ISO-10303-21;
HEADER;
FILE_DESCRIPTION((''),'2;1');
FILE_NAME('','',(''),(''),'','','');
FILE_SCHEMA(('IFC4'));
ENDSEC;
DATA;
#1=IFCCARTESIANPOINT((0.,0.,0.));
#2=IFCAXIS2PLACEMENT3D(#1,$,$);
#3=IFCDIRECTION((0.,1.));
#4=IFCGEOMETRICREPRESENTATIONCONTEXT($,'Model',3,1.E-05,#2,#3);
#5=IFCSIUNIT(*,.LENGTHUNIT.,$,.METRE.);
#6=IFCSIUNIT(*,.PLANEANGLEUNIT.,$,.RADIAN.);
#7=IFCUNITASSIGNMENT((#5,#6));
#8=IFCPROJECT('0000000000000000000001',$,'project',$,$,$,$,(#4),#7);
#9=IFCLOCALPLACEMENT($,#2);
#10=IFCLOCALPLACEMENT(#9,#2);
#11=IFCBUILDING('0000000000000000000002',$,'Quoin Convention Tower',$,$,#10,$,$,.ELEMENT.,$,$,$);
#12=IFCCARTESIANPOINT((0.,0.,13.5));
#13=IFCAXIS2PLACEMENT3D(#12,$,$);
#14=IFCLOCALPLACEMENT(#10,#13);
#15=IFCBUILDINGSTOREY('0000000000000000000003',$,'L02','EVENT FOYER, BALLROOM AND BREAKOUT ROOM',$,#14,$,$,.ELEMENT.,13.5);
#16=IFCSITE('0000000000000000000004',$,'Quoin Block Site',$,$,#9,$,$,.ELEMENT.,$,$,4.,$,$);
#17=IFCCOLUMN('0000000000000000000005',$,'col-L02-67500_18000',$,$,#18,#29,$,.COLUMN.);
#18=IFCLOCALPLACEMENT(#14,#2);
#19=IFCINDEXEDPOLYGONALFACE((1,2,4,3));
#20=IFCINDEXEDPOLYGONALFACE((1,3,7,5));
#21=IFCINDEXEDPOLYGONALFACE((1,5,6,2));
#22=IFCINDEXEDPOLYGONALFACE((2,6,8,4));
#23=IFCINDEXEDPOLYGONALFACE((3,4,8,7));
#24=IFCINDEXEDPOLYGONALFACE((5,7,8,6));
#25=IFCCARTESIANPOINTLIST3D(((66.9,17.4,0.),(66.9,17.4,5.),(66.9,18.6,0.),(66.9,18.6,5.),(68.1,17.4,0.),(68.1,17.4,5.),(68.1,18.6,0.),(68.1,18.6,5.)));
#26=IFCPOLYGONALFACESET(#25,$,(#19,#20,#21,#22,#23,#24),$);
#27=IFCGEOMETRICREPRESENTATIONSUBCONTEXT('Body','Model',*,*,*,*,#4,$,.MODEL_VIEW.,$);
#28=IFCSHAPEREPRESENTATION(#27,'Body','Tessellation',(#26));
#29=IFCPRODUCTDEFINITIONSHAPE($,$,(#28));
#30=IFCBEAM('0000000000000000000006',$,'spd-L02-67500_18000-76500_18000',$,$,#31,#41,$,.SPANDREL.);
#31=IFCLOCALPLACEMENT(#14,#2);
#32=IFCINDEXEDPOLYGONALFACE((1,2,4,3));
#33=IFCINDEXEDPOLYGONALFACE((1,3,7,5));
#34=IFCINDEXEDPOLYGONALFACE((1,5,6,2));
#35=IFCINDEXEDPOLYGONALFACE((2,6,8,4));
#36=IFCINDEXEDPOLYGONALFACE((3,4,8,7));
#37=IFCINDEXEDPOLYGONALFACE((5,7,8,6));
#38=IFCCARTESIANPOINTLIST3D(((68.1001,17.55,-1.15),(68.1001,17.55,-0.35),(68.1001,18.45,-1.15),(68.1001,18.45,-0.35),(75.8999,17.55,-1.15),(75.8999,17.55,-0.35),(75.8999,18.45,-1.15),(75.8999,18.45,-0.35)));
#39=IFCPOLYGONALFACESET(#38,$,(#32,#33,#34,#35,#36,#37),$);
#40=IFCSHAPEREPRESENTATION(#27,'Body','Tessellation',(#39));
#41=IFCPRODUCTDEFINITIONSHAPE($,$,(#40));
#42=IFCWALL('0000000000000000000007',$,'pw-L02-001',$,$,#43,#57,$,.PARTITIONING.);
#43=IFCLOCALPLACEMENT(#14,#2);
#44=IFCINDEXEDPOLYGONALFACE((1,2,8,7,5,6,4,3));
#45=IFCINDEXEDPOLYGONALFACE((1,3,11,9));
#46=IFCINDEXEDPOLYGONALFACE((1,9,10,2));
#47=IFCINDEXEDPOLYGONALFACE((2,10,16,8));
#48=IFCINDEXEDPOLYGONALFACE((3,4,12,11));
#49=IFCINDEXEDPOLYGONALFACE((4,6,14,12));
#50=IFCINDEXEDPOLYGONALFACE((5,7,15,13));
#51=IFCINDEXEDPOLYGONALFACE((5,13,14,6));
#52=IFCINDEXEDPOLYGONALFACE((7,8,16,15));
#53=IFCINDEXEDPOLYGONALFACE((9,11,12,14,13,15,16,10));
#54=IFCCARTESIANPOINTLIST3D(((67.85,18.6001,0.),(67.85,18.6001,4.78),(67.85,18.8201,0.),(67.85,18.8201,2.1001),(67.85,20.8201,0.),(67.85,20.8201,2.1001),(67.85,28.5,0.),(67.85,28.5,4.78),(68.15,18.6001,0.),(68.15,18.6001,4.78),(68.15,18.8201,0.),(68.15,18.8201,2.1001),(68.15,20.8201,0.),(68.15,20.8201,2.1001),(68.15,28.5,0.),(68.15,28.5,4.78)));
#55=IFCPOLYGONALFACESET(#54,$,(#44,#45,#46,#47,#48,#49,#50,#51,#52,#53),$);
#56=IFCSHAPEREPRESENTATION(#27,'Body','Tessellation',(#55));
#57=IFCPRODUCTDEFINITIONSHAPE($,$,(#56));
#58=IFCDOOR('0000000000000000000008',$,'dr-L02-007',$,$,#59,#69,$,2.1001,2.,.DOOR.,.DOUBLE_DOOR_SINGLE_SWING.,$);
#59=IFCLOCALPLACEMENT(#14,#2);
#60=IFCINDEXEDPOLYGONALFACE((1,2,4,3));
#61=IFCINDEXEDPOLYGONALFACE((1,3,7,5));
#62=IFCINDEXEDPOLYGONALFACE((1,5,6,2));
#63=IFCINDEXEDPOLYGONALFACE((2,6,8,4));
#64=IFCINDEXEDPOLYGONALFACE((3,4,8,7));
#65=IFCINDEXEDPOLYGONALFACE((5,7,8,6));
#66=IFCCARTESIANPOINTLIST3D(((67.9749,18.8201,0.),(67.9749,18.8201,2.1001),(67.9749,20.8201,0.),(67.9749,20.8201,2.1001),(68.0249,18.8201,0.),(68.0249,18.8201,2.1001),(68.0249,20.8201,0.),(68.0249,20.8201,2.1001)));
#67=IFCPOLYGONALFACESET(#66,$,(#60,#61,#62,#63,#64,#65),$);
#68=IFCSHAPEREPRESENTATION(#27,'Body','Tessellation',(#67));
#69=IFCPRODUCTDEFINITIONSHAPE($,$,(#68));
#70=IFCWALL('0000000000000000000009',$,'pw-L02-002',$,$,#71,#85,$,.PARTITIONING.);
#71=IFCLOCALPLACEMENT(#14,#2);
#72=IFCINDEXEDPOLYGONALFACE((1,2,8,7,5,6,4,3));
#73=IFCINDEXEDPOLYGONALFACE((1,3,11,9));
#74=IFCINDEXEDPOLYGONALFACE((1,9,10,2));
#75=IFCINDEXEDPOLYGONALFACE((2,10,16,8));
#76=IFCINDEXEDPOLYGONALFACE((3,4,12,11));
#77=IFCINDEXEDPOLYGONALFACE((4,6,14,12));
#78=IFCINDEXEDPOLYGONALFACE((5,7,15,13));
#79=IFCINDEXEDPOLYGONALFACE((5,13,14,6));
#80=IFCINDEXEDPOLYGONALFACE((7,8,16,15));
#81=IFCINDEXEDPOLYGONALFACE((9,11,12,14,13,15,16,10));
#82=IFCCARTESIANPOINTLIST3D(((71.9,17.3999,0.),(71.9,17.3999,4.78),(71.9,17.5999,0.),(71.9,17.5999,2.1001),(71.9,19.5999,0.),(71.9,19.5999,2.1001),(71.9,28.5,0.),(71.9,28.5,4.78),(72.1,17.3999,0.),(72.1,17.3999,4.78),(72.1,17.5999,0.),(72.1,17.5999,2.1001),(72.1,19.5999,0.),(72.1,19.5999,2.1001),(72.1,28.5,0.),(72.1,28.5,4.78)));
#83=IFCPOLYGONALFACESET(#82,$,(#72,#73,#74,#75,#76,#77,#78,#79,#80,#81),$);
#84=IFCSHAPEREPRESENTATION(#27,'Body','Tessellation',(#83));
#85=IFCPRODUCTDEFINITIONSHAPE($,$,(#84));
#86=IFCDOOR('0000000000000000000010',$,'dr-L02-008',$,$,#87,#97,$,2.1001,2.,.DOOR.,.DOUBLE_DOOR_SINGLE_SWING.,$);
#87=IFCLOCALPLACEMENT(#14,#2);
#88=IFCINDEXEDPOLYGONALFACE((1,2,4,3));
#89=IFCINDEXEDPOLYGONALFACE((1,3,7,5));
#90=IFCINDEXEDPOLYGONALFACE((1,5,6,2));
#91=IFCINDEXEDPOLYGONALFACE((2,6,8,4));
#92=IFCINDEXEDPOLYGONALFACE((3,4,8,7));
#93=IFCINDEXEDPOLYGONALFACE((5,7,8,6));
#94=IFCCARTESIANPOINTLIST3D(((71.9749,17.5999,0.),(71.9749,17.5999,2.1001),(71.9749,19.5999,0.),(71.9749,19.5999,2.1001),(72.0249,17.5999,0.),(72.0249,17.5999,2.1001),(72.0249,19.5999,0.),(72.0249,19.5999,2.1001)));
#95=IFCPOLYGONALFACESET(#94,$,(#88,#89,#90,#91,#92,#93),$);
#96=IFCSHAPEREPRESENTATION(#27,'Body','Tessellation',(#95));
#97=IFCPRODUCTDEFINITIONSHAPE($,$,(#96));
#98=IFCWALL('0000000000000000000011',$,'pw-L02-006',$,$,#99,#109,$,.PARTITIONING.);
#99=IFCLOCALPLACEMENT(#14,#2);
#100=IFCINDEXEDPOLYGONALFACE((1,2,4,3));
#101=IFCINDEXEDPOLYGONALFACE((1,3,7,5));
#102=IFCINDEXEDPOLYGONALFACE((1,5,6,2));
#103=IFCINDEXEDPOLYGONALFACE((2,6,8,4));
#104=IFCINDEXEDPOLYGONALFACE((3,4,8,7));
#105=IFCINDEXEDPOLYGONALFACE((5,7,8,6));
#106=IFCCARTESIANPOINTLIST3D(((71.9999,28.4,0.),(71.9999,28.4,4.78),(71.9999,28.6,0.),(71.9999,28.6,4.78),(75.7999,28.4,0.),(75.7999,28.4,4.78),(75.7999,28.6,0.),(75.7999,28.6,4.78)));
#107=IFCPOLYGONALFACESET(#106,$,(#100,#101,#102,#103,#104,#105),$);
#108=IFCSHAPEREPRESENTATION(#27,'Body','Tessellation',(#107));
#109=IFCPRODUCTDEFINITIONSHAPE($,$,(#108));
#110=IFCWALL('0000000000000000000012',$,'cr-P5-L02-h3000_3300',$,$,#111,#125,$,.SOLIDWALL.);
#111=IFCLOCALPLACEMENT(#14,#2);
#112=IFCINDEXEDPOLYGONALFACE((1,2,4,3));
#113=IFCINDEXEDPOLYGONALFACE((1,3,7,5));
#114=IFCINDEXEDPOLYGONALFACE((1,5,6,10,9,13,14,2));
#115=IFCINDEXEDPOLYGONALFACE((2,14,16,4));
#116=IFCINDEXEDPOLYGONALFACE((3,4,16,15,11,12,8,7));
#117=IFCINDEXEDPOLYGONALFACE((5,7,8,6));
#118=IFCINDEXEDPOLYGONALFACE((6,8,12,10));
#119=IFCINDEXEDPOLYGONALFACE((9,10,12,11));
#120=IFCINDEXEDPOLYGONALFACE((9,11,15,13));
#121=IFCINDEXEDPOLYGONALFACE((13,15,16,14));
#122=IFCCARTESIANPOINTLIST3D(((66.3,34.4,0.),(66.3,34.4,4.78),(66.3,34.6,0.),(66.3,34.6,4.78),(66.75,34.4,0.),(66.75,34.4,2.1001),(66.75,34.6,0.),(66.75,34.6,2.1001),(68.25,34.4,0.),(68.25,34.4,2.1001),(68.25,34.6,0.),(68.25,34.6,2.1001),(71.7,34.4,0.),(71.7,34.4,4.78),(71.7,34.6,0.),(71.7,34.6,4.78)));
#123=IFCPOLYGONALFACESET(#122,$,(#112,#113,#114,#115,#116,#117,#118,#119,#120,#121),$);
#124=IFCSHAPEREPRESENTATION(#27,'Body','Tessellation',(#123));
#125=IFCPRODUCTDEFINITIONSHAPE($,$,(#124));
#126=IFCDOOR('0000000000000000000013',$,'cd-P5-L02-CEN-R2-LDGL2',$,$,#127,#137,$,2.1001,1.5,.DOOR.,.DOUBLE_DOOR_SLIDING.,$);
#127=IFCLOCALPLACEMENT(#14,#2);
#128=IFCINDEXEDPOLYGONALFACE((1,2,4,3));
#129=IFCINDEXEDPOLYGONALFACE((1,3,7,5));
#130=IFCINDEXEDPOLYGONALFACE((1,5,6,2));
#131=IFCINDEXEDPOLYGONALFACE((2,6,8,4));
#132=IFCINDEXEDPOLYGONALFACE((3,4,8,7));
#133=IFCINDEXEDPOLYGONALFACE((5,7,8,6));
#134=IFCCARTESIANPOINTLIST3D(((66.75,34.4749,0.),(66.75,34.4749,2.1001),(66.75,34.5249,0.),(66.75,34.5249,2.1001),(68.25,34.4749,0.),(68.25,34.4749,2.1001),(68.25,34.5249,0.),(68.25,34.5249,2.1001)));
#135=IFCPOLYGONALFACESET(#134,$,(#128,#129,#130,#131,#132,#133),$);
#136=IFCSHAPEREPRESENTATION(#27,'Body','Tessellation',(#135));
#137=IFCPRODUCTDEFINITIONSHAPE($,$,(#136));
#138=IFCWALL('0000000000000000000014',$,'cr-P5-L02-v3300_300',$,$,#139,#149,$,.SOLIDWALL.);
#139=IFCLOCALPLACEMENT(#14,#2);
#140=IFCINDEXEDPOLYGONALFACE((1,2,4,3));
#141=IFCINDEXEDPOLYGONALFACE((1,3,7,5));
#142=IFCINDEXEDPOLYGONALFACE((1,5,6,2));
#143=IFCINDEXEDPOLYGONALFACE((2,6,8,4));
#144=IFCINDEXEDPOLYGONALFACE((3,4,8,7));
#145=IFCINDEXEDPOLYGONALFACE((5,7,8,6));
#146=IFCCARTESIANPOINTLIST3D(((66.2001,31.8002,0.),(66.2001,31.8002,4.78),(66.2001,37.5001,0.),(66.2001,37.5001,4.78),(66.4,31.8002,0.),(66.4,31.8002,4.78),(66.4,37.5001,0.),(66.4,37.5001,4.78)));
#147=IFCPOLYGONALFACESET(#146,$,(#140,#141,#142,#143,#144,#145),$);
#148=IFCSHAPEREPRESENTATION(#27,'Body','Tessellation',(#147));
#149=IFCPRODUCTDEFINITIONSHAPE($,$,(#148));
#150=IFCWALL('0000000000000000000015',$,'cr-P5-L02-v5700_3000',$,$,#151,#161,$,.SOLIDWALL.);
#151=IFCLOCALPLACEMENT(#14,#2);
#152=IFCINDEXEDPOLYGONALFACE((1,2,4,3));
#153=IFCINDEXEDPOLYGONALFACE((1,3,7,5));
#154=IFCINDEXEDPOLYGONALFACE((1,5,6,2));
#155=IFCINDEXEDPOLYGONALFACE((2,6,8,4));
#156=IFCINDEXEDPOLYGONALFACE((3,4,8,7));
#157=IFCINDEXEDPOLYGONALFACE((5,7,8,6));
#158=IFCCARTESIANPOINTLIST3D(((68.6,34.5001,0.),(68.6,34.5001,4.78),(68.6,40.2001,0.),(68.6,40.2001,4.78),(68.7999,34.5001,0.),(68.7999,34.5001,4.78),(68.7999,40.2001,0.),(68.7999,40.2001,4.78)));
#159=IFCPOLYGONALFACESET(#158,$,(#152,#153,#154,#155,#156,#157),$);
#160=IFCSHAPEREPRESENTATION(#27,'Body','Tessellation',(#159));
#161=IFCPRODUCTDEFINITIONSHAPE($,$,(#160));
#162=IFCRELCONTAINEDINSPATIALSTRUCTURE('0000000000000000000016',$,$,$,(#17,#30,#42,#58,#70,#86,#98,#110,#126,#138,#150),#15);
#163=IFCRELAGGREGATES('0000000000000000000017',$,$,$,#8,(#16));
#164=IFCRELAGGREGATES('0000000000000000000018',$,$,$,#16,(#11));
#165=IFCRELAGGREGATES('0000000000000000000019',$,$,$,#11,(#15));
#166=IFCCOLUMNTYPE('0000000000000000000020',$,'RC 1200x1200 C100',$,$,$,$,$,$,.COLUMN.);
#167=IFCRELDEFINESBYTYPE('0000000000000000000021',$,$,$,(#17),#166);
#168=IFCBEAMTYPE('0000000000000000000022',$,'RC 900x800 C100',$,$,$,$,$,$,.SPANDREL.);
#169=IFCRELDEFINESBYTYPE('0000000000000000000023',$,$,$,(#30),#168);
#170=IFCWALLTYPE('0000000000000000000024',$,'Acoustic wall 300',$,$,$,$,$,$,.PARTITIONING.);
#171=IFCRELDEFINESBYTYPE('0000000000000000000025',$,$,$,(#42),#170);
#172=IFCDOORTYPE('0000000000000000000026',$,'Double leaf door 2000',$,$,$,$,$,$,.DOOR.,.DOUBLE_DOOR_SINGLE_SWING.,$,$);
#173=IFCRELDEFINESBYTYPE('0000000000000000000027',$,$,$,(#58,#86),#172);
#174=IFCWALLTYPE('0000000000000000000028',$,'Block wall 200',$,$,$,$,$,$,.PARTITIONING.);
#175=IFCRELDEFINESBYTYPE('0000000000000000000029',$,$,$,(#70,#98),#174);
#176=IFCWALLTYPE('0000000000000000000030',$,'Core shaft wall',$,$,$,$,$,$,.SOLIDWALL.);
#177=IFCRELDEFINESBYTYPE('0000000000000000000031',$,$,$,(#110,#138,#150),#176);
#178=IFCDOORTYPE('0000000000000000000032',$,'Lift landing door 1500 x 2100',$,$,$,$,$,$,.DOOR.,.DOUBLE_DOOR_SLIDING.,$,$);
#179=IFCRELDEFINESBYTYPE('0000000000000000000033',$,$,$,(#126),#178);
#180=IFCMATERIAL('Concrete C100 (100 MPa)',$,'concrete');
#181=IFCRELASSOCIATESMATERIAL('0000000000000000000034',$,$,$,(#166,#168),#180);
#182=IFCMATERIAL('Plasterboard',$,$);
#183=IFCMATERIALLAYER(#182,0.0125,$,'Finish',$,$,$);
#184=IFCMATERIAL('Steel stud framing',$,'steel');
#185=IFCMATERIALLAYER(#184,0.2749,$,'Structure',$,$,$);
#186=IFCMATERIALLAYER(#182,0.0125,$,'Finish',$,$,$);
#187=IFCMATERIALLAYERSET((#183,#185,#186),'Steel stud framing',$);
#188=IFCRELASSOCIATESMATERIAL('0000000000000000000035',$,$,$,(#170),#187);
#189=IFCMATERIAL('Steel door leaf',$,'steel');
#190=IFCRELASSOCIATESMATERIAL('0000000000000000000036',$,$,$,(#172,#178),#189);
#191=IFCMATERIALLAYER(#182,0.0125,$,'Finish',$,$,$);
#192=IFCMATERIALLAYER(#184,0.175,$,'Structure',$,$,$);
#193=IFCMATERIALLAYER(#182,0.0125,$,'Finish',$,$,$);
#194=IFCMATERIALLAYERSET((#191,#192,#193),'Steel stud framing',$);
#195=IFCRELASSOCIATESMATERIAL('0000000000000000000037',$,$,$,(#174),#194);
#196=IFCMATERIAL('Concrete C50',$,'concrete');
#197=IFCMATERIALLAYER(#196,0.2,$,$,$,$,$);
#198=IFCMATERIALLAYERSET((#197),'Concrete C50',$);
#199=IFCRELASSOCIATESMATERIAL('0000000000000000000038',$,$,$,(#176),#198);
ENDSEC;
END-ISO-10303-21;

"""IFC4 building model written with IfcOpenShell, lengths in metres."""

from ifc_helpers import new_model, si_unit, direction, frame, frame_2d, origin, origin_2d, place, context, subcontext, project, spatial, rectangle, extrude, material, layer, layer_set, material_profile, profile_set, type_object, element, fill, save


model = new_model("IFC4")

# Units and contexts
model_context = context("Model", 3, precision=1e-05, world=origin(), true_north=direction((0.0, 1.0)))
body_context = subcontext(model_context, "Body", "Model", "MODEL_VIEW")
ifc_project = project(units=[si_unit("LENGTHUNIT", "METRE"), si_unit("PLANEANGLEUNIT", "RADIAN")], contexts=[model_context])

# Site, building, storey
site_placement = place(None, origin())
site = spatial("IfcSite", under=ifc_project, at=site_placement, Name="Quoin Block Site", CompositionType="ELEMENT", RefElevation=4.0)
building_placement = place(site_placement, origin())
building = spatial("IfcBuilding", under=site, at=building_placement, Name="Quoin Convention Tower", CompositionType="ELEMENT")
storey_placement = place(building_placement, frame((0.0, 0.0, 13.5)))
storey = spatial("IfcBuildingStorey", under=building, at=storey_placement, Name="L02", Description="EVENT FOYER, BALLROOM AND BREAKOUT ROOM", CompositionType="ELEMENT", Elevation=13.5)

# Column
ifc_material_1 = material(Name="Concrete C100 (100 MPa)", Category="concrete")
ifc_material_profile_1 = material_profile(ifc_material_1, rectangle(XDim=1.2, YDim=1.2, at=origin_2d()), Name="RC 1200x1200")
ifc_profile_set_1 = profile_set([ifc_material_profile_1], Name="Concrete C100 (100 MPa)")
column_type = type_object("IfcColumnType", Name="RC 1200x1200 C100", PredefinedType="COLUMN", material=ifc_profile_set_1)
column_placement = place(storey_placement, frame((67.5, 18.0, 0.0), z_axis=(0.0, 0.0, 1.0), x_axis=(1.0, 0.0, 0.0)))
element("IfcColumn", 1, at=column_placement, inside=storey, type_object=column_type, Name="col-L02-67500_18000", PredefinedType="COLUMN", context=body_context, shape_type="SweptSolid", body=[
    extrude(rectangle(XDim=1.2, YDim=1.2, at=origin_2d()), origin(), (0.0, 0.0, 1.0), 5.0),
])

# Beam
ifc_material_profile_2 = material_profile(ifc_material_1, rectangle(XDim=0.8999, YDim=0.8, at=origin_2d()), Name="RC 900x800")
ifc_profile_set_2 = profile_set([ifc_material_profile_2], Name="Concrete C100 (100 MPa)")
beam_type = type_object("IfcBeamType", Name="RC 900x800 C100", PredefinedType="SPANDREL", material=ifc_profile_set_2)
beam_placement = place(storey_placement, frame((68.1001, 18.0, -0.75), z_axis=(1.0, 0.0, 0.0), x_axis=(0.0, 1.0, 0.0)))
element("IfcBeam", 2, at=beam_placement, inside=storey, type_object=beam_type, Name="spd-L02-67500_18000-76500_18000", PredefinedType="SPANDREL", context=body_context, shape_type="SweptSolid", body=[
    extrude(rectangle(XDim=0.8999, YDim=0.8, at=origin_2d()), origin(), (0.0, 0.0, 1.0), 7.7998),
])

# Walls, openings, doors
ifc_material_2 = material(Name="Plasterboard")
ifc_layer_1 = layer(ifc_material_2, 0.0125, Name="Finish")
ifc_material_3 = material(Name="Steel stud framing", Category="steel")
ifc_layer_2 = layer(ifc_material_3, 0.2749, Name="Structure")
ifc_layer_3 = layer(ifc_material_2, 0.0125, Name="Finish")
ifc_layer_set_1 = layer_set([ifc_layer_1, ifc_layer_2, ifc_layer_3], Name="Steel stud framing")
wall_type_1 = type_object("IfcWallType", Name="Acoustic wall 300", PredefinedType="PARTITIONING", material=ifc_layer_set_1)
wall_1_placement = place(storey_placement, frame((68.0, 18.6001, 0.0), z_axis=(0.0, 0.0, 1.0), x_axis=(0.0, 1.0, 0.0)))
wall_1 = element("IfcWall", 3, at=wall_1_placement, inside=storey, type_object=wall_type_1, Name="pw-L02-001", PredefinedType="PARTITIONING", context=body_context, shape_type="SweptSolid", body=[
    extrude(rectangle(XDim=9.8999, YDim=0.3, at=frame_2d((4.95, 0.0))), origin(), (0.0, 0.0, 1.0), 4.78),
])
opening_1_placement = place(wall_1_placement, frame((0.22, 0.0, 0.0)))
opening_1 = element("IfcOpeningElement", 4, at=opening_1_placement, cuts=wall_1, PredefinedType="OPENING", context=body_context, shape_type="SweptSolid", body=[
    extrude(rectangle(XDim=2.0, YDim=2.1001, at=frame_2d((1.0, 1.05))), frame((0.0, 0.1599, 0.0), z_axis=(0.0, -1.0, 0.0), x_axis=(1.0, 0.0, 0.0)), (0.0, 0.0, 1.0), 0.3201),
])
ifc_material_4 = material(Name="Steel door leaf", Category="steel")
door_type_1 = type_object("IfcDoorType", Name="Double leaf door 2000", OperationType="DOUBLE_DOOR_SINGLE_SWING", PredefinedType="DOOR", material=ifc_material_4)
door_1_placement = place(opening_1_placement, frame((2.0, 0.0, 0.0), z_axis=(0.0, 0.0, 1.0), x_axis=(-1.0, 0.0, 0.0)))
door_1 = element("IfcDoor", 5, at=door_1_placement, inside=storey, type_object=door_type_1, Name="dr-L02-007", OperationType="DOUBLE_DOOR_SINGLE_SWING", OverallHeight=2.1001, OverallWidth=2.0, PredefinedType="DOOR", context=body_context, shape_type="SweptSolid", body=[
    extrude(rectangle(XDim=2.0, YDim=2.1001, at=frame_2d((1.0, 1.05))), frame((0.0, 0.0249, 0.0), z_axis=(0.0, -1.0, 0.0), x_axis=(1.0, 0.0, 0.0)), (0.0, 0.0, 1.0), 0.05),
])
fill(opening_1, door_1)
ifc_layer_4 = layer(ifc_material_2, 0.0125, Name="Finish")
ifc_layer_5 = layer(ifc_material_3, 0.175, Name="Structure")
ifc_layer_6 = layer(ifc_material_2, 0.0125, Name="Finish")
ifc_layer_set_2 = layer_set([ifc_layer_4, ifc_layer_5, ifc_layer_6], Name="Steel stud framing")
wall_type_2 = type_object("IfcWallType", Name="Block wall 200", PredefinedType="PARTITIONING", material=ifc_layer_set_2)
wall_2_placement = place(storey_placement, frame((72.0, 17.3999, 0.0), z_axis=(0.0, 0.0, 1.0), x_axis=(0.0, 1.0, 0.0)))
wall_2 = element("IfcWall", 6, at=wall_2_placement, inside=storey, type_object=wall_type_2, Name="pw-L02-002", PredefinedType="PARTITIONING", context=body_context, shape_type="SweptSolid", body=[
    extrude(rectangle(XDim=11.1001, YDim=0.2, at=frame_2d((5.55, 0.0))), origin(), (0.0, 0.0, 1.0), 4.78),
])
opening_2_placement = place(wall_2_placement, frame((0.2, 0.0, 0.0)))
opening_2 = element("IfcOpeningElement", 7, at=opening_2_placement, cuts=wall_2, PredefinedType="OPENING", context=body_context, shape_type="SweptSolid", body=[
    extrude(rectangle(XDim=2.0, YDim=2.1001, at=frame_2d((1.0, 1.05))), frame((0.0, 0.1099, 0.0), z_axis=(0.0, -1.0, 0.0), x_axis=(1.0, 0.0, 0.0)), (0.0, 0.0, 1.0), 0.22),
])
door_2_placement = place(opening_2_placement, frame((2.0, 0.0, 0.0), z_axis=(0.0, 0.0, 1.0), x_axis=(-1.0, 0.0, 0.0)))
door_2 = element("IfcDoor", 8, at=door_2_placement, inside=storey, type_object=door_type_1, Name="dr-L02-008", OperationType="DOUBLE_DOOR_SINGLE_SWING", OverallHeight=2.1001, OverallWidth=2.0, PredefinedType="DOOR", context=body_context, shape_type="SweptSolid", body=[
    extrude(rectangle(XDim=2.0, YDim=2.1001, at=frame_2d((1.0, 1.05))), frame((0.0, 0.0249, 0.0), z_axis=(0.0, -1.0, 0.0), x_axis=(1.0, 0.0, 0.0)), (0.0, 0.0, 1.0), 0.05),
])
fill(opening_2, door_2)

# Wall
wall_3_placement = place(storey_placement, frame((72.0, 28.5, 0.0), z_axis=(0.0, 0.0, 1.0), x_axis=(1.0, 0.0, 0.0)))
element("IfcWall", 9, at=wall_3_placement, inside=storey, type_object=wall_type_2, Name="pw-L02-006", PredefinedType="PARTITIONING", context=body_context, shape_type="SweptSolid", body=[
    extrude(rectangle(XDim=3.8, YDim=0.2, at=frame_2d((1.8999, 0.0))), origin(), (0.0, 0.0, 1.0), 4.78),
])

# Wall, opening, door
ifc_material_5 = material(Name="Concrete C50", Category="concrete")
ifc_layer_7 = layer(ifc_material_5, 0.2)
ifc_layer_set_3 = layer_set([ifc_layer_7], Name="Concrete C50")
wall_type_3 = type_object("IfcWallType", Name="Core shaft wall", PredefinedType="SOLIDWALL", material=ifc_layer_set_3)
wall_4_placement = place(storey_placement, frame((66.3, 34.5, 0.0), z_axis=(0.0, 0.0, 1.0), x_axis=(1.0, 0.0, 0.0)))
wall_4 = element("IfcWall", 10, at=wall_4_placement, inside=storey, type_object=wall_type_3, Name="cr-P5-L02-h3000_3300", PredefinedType="SOLIDWALL", context=body_context, shape_type="SweptSolid", body=[
    extrude(rectangle(XDim=5.3999, YDim=0.2, at=frame_2d((2.7, 0.0))), origin(), (0.0, 0.0, 1.0), 4.78),
])
opening_3_placement = place(wall_4_placement, frame((0.45, 0.0, 0.0)))
opening_3 = element("IfcOpeningElement", 11, at=opening_3_placement, cuts=wall_4, PredefinedType="OPENING", context=body_context, shape_type="SweptSolid", body=[
    extrude(rectangle(XDim=1.5, YDim=2.1001, at=frame_2d((0.75, 1.05))), frame((0.0, 0.1099, 0.0), z_axis=(0.0, -1.0, 0.0), x_axis=(1.0, 0.0, 0.0)), (0.0, 0.0, 1.0), 0.22),
])
door_type_2 = type_object("IfcDoorType", Name="Lift landing door 1500 x 2100", OperationType="DOUBLE_DOOR_SLIDING", PredefinedType="DOOR", material=ifc_material_4)
door_3_placement = place(opening_3_placement, origin())
door_3 = element("IfcDoor", 12, at=door_3_placement, inside=storey, type_object=door_type_2, Name="cd-P5-L02-CEN-R2-LDGL2", OperationType="DOUBLE_DOOR_SLIDING", OverallHeight=2.1001, OverallWidth=1.5, PredefinedType="DOOR", context=body_context, shape_type="SweptSolid", body=[
    extrude(rectangle(XDim=1.5, YDim=2.1001, at=frame_2d((0.75, 1.05))), frame((0.0, 0.0249, 0.0), z_axis=(0.0, -1.0, 0.0), x_axis=(1.0, 0.0, 0.0)), (0.0, 0.0, 1.0), 0.05),
])
fill(opening_3, door_3)

# Walls
for number, where, z_axis, x_axis, name in (
    (13, (66.3, 31.8, 0.0), (0.0, 0.0, 1.0), (0.0, 1.0, 0.0), "cr-P5-L02-v3300_300"),
    (14, (68.7, 34.5, 0.0), (0.0, 0.0, 1.0), (0.0, 1.0, 0.0), "cr-P5-L02-v5700_3000"),
):
    element("IfcWall", number, at=place(storey_placement, frame(where, z_axis=z_axis, x_axis=x_axis)), inside=storey, type_object=wall_type_3, Name=name, PredefinedType="SOLIDWALL", context=body_context, shape_type="SweptSolid", body=[
        extrude(rectangle(XDim=5.7, YDim=0.2, at=frame_2d((2.8501, 0.0))), origin(), (0.0, 0.0, 1.0), 4.78),
    ])

save(model, "model.ifc")
